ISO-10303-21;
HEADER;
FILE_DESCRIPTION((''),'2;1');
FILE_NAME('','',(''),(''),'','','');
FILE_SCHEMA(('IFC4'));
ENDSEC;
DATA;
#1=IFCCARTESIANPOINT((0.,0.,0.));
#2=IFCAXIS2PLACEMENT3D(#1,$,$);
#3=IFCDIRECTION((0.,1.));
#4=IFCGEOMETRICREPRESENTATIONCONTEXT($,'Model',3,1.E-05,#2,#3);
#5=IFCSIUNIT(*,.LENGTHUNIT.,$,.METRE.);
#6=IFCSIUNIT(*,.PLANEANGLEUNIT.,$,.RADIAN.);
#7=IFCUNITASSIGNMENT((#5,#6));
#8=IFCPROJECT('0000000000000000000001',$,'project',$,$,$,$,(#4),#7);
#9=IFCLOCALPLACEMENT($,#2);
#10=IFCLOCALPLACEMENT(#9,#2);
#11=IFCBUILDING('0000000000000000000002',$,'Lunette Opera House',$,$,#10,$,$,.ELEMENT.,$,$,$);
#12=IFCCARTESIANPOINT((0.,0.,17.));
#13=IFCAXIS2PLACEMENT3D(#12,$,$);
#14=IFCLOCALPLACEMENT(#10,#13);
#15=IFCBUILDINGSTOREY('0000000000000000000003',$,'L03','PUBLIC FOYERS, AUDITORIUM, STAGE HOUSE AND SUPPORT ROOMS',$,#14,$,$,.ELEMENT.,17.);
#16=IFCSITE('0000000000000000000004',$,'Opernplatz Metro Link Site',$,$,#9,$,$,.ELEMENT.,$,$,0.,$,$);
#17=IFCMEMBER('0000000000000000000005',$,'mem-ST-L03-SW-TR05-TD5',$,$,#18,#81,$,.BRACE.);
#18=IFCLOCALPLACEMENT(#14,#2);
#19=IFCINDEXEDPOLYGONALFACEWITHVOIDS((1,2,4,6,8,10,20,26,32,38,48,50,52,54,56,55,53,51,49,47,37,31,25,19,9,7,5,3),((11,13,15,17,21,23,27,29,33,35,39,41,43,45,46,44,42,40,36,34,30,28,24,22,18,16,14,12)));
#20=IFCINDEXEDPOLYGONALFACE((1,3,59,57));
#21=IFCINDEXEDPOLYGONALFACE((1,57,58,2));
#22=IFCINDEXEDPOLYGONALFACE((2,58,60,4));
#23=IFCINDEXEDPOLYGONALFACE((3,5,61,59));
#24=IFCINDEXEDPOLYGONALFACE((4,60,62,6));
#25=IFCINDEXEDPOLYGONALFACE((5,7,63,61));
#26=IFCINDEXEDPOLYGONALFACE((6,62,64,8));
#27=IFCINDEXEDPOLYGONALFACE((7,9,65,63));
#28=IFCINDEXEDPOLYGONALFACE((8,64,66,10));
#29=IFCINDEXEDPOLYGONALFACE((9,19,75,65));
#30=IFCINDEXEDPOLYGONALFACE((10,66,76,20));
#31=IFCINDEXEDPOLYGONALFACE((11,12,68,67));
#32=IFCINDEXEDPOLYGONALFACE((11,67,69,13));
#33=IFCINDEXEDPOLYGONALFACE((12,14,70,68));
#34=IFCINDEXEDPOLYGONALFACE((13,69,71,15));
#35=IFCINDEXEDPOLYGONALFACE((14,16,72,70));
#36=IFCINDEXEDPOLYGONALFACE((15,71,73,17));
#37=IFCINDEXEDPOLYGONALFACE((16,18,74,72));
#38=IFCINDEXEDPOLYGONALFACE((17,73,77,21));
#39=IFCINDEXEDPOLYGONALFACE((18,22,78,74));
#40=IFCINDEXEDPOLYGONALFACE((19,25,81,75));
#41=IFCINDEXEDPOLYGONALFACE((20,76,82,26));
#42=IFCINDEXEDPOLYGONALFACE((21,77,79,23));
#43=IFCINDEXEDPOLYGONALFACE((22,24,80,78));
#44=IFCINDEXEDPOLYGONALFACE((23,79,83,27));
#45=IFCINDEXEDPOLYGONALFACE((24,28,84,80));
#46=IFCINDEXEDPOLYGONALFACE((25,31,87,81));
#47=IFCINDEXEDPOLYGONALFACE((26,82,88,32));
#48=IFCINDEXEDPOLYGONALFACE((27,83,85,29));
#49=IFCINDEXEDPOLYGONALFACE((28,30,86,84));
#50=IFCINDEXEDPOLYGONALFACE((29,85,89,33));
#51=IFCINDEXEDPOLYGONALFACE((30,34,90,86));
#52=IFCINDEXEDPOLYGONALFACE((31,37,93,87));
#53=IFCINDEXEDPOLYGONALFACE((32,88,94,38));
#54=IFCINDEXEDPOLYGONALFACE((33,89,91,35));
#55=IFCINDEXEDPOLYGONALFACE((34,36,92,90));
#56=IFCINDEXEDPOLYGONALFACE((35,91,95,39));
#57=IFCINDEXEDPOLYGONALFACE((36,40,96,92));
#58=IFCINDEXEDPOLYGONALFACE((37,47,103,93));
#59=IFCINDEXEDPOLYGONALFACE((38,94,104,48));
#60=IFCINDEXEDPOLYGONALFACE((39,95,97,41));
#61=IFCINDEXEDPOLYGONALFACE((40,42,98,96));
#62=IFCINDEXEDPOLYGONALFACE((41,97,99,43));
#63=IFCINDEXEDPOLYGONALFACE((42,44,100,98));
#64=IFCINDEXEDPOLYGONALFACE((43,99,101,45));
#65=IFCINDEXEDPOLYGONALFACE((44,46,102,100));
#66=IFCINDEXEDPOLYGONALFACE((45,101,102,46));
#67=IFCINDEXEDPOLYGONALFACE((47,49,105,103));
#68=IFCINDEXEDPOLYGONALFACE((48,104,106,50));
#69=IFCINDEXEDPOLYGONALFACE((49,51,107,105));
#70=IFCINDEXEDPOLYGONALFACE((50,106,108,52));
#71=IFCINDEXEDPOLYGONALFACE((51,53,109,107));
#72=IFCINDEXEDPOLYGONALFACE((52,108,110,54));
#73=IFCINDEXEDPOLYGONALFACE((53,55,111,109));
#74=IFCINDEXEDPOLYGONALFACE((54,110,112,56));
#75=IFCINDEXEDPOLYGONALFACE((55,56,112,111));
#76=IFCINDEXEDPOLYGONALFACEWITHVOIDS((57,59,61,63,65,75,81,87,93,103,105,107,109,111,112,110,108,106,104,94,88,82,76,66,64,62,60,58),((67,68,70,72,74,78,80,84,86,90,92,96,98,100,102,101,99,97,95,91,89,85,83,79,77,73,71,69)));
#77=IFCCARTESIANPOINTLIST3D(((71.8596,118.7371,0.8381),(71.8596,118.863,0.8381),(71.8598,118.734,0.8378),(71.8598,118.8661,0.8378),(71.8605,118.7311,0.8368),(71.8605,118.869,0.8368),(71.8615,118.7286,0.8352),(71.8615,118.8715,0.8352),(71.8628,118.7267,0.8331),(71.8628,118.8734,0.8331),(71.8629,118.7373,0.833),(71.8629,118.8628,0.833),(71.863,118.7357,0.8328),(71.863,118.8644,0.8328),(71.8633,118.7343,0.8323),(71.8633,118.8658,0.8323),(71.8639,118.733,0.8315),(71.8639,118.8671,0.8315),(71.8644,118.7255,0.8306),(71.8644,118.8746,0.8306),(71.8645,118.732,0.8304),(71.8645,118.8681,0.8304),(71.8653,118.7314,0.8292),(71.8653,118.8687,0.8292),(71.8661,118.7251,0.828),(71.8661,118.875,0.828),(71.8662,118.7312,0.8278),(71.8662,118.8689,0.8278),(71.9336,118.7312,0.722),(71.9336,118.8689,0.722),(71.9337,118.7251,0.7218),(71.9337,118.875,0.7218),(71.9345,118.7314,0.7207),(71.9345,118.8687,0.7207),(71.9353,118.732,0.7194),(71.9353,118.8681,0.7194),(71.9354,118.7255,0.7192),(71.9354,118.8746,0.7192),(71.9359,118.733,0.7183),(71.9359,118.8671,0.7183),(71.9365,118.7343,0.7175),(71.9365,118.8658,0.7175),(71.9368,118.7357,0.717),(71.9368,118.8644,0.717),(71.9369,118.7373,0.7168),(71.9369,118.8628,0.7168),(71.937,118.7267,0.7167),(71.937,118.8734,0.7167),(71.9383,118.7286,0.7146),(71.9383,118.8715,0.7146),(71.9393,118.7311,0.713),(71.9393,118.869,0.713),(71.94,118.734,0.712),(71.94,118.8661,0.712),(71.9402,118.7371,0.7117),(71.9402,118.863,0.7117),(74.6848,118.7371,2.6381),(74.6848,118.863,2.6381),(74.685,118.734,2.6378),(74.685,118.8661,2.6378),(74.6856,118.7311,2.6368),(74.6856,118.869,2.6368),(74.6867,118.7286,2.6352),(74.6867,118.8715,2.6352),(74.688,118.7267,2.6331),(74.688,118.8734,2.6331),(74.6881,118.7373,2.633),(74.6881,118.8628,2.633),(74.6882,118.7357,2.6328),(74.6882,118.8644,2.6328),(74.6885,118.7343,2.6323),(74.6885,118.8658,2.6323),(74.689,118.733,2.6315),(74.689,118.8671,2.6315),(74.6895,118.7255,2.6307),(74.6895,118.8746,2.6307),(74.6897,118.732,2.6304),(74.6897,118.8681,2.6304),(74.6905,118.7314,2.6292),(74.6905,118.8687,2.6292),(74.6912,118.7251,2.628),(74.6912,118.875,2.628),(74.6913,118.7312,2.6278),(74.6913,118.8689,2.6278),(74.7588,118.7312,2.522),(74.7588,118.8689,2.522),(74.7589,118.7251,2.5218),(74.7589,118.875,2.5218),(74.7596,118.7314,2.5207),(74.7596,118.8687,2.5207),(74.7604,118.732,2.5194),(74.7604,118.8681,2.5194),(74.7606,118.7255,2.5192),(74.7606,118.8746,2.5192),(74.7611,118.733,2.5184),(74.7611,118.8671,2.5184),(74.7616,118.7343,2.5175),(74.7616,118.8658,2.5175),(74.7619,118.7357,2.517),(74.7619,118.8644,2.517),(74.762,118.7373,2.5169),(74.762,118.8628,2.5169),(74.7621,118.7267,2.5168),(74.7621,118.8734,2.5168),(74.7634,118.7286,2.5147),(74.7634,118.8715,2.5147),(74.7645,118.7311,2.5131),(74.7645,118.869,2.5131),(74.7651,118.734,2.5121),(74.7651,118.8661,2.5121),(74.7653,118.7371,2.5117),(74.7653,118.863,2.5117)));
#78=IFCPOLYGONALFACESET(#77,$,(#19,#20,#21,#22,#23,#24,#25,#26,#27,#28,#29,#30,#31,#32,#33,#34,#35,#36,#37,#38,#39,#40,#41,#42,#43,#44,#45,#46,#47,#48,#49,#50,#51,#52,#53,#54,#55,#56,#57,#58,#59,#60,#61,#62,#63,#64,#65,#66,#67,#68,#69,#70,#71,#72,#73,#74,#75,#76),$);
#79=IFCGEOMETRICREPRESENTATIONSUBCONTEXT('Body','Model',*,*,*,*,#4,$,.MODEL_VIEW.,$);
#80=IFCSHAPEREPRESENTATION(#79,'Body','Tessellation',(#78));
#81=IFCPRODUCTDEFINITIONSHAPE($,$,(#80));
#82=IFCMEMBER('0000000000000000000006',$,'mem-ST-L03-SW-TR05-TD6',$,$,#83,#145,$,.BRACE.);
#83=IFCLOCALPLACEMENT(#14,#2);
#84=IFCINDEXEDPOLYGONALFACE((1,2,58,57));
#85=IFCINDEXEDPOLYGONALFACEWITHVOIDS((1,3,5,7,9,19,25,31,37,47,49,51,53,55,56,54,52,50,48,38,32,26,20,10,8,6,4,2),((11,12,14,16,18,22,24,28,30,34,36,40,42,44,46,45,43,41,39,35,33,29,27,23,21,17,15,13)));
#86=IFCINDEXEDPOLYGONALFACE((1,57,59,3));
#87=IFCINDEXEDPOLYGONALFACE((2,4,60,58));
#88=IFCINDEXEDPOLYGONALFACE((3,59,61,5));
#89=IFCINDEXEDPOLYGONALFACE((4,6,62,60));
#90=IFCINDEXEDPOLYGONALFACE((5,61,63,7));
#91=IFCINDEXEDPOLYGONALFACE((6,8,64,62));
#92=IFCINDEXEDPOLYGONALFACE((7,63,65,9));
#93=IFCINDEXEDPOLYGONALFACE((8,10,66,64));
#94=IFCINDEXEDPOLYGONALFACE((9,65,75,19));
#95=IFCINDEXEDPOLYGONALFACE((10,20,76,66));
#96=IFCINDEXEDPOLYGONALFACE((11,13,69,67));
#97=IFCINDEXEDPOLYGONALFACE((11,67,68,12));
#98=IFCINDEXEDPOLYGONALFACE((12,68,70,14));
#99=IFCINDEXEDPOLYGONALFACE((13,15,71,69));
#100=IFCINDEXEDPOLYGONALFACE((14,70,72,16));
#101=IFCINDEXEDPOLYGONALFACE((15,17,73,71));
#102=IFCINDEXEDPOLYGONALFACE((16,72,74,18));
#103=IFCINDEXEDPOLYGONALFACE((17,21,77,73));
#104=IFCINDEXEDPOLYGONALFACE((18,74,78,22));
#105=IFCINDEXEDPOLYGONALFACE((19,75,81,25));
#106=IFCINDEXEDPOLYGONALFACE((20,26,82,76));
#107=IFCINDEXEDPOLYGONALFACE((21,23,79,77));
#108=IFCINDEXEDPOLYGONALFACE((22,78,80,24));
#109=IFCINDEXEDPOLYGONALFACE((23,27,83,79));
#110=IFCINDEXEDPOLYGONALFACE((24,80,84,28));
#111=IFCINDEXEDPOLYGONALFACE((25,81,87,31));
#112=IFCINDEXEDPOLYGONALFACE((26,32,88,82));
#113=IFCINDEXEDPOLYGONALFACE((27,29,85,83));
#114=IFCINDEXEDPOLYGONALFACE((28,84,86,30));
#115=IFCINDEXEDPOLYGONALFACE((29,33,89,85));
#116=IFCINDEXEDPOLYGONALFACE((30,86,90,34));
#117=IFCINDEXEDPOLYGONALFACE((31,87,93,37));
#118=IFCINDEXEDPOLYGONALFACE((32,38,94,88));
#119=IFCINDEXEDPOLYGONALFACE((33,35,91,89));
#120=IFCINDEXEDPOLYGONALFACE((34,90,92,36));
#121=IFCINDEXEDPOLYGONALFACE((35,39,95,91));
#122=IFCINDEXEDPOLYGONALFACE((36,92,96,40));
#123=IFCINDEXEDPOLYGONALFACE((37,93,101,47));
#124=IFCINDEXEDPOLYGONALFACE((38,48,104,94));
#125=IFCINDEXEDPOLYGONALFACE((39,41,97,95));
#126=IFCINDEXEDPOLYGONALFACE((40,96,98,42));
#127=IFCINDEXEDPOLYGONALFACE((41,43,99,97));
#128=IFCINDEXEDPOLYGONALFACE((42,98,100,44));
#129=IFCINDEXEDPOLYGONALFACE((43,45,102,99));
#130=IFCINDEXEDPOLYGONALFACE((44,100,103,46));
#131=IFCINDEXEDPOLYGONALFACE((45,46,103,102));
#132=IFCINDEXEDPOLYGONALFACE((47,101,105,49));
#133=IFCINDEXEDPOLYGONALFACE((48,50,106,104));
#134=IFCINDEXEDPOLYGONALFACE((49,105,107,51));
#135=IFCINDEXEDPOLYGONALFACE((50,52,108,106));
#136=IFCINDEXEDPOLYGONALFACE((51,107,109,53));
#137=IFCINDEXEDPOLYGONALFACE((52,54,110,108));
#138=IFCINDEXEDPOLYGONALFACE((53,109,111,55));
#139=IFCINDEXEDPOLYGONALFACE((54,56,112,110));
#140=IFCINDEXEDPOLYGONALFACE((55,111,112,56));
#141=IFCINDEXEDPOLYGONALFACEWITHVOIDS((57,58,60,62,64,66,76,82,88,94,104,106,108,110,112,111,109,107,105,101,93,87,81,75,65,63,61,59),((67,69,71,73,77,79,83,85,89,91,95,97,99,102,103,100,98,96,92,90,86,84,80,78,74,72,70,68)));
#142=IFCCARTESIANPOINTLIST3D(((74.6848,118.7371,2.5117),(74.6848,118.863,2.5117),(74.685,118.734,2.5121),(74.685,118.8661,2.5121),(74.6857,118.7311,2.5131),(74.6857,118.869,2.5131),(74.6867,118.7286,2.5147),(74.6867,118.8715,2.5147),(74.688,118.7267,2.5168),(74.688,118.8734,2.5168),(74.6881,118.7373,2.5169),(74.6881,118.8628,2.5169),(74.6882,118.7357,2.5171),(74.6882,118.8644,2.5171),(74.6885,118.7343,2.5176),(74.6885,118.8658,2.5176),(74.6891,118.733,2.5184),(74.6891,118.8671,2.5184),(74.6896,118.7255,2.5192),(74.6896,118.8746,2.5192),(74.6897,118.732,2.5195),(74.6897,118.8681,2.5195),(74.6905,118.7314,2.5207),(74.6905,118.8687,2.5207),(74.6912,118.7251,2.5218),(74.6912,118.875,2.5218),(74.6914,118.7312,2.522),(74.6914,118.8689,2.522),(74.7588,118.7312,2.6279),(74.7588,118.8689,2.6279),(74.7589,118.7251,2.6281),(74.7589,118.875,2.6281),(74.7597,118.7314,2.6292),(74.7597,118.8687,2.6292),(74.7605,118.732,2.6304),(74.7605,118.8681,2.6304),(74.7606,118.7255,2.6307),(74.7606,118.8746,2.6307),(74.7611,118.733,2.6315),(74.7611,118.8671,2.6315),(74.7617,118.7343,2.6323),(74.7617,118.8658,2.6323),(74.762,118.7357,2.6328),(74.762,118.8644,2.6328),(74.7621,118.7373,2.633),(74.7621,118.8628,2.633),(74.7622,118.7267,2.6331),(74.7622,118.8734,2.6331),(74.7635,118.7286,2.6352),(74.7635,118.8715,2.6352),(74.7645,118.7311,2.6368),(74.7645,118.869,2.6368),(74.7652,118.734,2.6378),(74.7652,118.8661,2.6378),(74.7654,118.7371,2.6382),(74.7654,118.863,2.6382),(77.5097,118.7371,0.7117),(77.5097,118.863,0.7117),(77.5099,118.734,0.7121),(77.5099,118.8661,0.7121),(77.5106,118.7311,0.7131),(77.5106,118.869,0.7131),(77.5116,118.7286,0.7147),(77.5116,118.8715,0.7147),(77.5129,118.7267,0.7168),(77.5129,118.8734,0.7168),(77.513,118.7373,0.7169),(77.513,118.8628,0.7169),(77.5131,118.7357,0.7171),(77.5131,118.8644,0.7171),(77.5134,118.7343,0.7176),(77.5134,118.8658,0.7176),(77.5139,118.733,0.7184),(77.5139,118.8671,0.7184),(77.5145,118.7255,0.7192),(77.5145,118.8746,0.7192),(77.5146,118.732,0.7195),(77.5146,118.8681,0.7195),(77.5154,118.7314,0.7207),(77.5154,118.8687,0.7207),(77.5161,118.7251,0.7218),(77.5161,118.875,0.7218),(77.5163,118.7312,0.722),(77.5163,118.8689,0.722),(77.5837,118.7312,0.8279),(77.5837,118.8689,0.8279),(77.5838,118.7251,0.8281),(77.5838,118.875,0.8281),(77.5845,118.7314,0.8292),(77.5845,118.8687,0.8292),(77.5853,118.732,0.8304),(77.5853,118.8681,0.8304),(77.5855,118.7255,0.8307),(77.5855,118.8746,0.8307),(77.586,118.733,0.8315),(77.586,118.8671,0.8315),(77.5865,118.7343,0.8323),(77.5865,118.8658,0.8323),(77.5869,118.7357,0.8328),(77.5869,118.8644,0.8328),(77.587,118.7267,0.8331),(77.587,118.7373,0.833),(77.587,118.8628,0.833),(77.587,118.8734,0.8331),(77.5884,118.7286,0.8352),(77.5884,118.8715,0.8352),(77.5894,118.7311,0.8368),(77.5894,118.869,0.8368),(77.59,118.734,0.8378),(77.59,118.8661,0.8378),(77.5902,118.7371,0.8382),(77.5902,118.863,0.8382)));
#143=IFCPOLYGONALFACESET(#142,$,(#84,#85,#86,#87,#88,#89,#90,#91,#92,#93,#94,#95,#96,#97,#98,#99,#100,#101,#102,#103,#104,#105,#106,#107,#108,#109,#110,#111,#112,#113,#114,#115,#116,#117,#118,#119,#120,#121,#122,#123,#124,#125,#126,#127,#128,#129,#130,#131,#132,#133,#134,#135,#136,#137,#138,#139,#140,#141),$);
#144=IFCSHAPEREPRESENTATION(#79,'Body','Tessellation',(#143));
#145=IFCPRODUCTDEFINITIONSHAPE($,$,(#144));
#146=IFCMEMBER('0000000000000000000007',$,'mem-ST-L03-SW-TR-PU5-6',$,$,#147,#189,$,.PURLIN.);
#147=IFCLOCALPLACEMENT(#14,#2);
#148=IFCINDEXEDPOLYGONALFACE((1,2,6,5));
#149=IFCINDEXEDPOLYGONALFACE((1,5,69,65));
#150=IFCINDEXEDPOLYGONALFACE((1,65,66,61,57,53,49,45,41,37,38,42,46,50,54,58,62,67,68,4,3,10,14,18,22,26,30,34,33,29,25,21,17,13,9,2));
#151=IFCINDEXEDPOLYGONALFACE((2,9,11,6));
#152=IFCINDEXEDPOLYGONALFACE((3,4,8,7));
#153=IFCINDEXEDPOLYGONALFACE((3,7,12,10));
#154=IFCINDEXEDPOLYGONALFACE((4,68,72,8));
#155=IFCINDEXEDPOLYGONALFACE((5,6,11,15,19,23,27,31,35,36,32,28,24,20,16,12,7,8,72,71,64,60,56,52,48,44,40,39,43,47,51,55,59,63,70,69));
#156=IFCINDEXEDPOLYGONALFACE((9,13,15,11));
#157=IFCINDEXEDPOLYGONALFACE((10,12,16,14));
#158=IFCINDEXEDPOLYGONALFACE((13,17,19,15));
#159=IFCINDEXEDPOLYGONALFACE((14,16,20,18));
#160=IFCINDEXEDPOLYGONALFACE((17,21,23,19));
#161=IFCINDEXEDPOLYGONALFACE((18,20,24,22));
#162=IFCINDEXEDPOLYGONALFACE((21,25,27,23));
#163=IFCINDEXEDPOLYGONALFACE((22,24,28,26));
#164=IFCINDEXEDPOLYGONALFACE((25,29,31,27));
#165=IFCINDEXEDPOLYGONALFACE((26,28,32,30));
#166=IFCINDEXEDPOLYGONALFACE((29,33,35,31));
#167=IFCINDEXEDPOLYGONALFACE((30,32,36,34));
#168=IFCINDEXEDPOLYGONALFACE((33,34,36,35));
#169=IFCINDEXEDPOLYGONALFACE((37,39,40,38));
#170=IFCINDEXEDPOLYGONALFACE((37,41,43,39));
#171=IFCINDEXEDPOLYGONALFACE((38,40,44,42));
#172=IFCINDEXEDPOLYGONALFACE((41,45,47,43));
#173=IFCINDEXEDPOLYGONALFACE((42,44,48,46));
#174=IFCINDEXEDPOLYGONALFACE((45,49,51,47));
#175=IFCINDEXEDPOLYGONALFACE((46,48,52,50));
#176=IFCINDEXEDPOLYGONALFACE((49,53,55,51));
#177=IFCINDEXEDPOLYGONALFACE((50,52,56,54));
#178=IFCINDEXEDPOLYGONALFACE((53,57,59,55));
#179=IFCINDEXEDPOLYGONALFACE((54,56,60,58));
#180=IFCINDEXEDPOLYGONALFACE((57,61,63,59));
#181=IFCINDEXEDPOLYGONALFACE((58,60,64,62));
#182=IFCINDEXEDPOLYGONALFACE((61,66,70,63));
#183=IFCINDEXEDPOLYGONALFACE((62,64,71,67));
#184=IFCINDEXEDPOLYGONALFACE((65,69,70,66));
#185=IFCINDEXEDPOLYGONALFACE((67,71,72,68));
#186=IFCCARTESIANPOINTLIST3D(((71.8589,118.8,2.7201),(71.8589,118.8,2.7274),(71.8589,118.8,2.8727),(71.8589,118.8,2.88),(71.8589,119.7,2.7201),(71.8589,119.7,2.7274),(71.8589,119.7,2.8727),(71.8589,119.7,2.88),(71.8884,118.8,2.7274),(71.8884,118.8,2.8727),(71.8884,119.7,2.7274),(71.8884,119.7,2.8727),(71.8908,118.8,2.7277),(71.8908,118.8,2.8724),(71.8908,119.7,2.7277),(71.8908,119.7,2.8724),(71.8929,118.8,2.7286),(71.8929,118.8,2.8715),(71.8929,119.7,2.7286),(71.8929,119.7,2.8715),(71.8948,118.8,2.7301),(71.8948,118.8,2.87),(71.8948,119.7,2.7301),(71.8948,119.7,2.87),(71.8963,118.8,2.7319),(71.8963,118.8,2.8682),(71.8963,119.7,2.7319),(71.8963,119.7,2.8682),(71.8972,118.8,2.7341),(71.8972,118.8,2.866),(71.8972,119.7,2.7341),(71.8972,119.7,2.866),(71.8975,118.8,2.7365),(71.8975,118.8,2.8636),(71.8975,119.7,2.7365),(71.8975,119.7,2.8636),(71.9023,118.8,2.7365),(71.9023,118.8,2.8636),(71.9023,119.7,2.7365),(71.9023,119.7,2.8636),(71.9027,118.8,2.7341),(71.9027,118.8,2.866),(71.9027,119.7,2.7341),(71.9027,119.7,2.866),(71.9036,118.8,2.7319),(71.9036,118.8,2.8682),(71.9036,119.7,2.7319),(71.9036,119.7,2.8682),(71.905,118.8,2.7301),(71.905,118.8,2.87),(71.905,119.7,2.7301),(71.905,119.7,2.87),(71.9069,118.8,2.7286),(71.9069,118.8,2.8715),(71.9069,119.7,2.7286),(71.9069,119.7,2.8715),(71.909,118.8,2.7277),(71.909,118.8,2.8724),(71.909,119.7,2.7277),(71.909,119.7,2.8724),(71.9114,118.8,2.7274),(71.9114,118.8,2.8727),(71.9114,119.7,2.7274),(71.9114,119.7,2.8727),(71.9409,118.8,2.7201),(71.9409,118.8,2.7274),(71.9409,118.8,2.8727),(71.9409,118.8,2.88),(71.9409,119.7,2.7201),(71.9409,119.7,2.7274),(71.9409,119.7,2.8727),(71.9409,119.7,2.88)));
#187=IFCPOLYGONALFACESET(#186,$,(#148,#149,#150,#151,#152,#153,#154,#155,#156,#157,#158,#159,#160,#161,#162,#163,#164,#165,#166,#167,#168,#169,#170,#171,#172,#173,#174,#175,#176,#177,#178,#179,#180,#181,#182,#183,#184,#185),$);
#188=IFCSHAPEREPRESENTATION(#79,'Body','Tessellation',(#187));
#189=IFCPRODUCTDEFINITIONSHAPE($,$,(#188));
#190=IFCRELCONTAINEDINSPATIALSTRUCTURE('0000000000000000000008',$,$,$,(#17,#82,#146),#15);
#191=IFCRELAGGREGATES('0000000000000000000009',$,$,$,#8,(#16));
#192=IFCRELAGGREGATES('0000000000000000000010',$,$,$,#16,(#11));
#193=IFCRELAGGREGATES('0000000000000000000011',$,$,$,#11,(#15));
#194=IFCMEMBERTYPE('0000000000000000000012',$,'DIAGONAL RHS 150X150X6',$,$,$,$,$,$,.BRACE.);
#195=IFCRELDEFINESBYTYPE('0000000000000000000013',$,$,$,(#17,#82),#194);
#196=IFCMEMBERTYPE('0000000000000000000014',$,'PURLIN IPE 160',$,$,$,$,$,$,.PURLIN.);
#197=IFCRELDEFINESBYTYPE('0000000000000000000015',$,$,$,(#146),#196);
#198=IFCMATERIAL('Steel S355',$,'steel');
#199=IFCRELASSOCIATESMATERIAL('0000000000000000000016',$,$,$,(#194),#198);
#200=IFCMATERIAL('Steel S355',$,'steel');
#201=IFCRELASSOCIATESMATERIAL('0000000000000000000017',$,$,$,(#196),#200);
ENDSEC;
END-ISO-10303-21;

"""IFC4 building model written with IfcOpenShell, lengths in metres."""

from ifc_helpers import new_model, si_unit, direction, frame, origin, origin_2d, place, context, subcontext, project, spatial, hollow_rectangle, i_section, extrude, material, material_profile, profile_set, type_object, element, save


model = new_model("IFC4")

# Units and contexts
model_context = context("Model", 3, precision=1e-05, world=origin(), true_north=direction((0.0, 1.0)))
body_context = subcontext(model_context, "Body", "Model", "MODEL_VIEW")
ifc_project = project(units=[si_unit("LENGTHUNIT", "METRE"), si_unit("PLANEANGLEUNIT", "RADIAN")], contexts=[model_context])

# Site, building, storey
site_placement = place(None, origin())
site = spatial("IfcSite", under=ifc_project, at=site_placement, Name="Opernplatz Metro Link Site", CompositionType="ELEMENT", RefElevation=0.0)
building_placement = place(site_placement, origin())
building = spatial("IfcBuilding", under=site, at=building_placement, Name="Lunette Opera House", CompositionType="ELEMENT")
storey_placement = place(building_placement, frame((0.0, 0.0, 17.0)))
storey = spatial("IfcBuildingStorey", under=building, at=storey_placement, Name="L03", Description="PUBLIC FOYERS, AUDITORIUM, STAGE HOUSE AND SUPPORT ROOMS", CompositionType="ELEMENT", Elevation=17.0)

# Members
ifc_material_1 = material(Name="Steel S355", Category="steel")
ifc_material_profile_1 = material_profile(ifc_material_1, hollow_rectangle(XDim=0.1499, YDim=0.1499, WallThickness=0.0061, InnerFilletRadius=0.0061, OuterFilletRadius=0.012, at=origin_2d()), Name="RHS 150X150X6")
ifc_profile_set_1 = profile_set([ifc_material_profile_1], Name="Steel S355")
member_type_1 = type_object("IfcMemberType", Name="DIAGONAL RHS 150X150X6", PredefinedType="BRACE", material=ifc_profile_set_1)
member_1_placement = place(storey_placement, frame((71.8999, 118.8, 0.7749), z_axis=(0.843364, 0.0, 0.537342), x_axis=(0.0, 1.0, 0.0)))
element("IfcMember", 1, at=member_1_placement, inside=storey, type_object=member_type_1, Name="mem-ST-L03-SW-TR05-TD5", PredefinedType="BRACE", context=body_context, shape_type="SweptSolid", body=[
    extrude(hollow_rectangle(XDim=0.1499, YDim=0.1499, WallThickness=0.0061, InnerFilletRadius=0.0061, OuterFilletRadius=0.012, at=origin_2d()), origin(), (0.0, 0.0, 1.0), 3.3499),
])
member_2_placement = place(storey_placement, frame((74.7251, 118.8, 2.575), z_axis=(0.843343, 0.0, -0.537375), x_axis=(0.0, 1.0, 0.0)))
element("IfcMember", 2, at=member_2_placement, inside=storey, type_object=member_type_1, Name="mem-ST-L03-SW-TR05-TD6", PredefinedType="BRACE", context=body_context, shape_type="SweptSolid", body=[
    extrude(hollow_rectangle(XDim=0.1499, YDim=0.1499, WallThickness=0.0061, InnerFilletRadius=0.0061, OuterFilletRadius=0.012, at=origin_2d()), origin(), (0.0, 0.0, 1.0), 3.3496),
])
ifc_material_2 = material(Name="Steel S355", Category="steel")
ifc_material_profile_2 = material_profile(ifc_material_2, i_section(OverallWidth=0.082, OverallDepth=0.1599, WebThickness=0.0049, FlangeThickness=0.0073, FilletRadius=0.009, at=origin_2d()), Name="IPE 160")
ifc_profile_set_2 = profile_set([ifc_material_profile_2], Name="Steel S355")
member_type_2 = type_object("IfcMemberType", Name="PURLIN IPE 160", PredefinedType="PURLIN", material=ifc_profile_set_2)
member_3_placement = place(storey_placement, frame((71.8999, 118.8, 2.8), z_axis=(0.0, 1.0, 0.0), x_axis=(-1.0, 0.0, 0.0)))
element("IfcMember", 3, at=member_3_placement, inside=storey, type_object=member_type_2, Name="mem-ST-L03-SW-TR-PU5-6", PredefinedType="PURLIN", context=body_context, shape_type="SweptSolid", body=[
    extrude(i_section(OverallWidth=0.082, OverallDepth=0.1599, WebThickness=0.0049, FlangeThickness=0.0073, FilletRadius=0.009, at=origin_2d()), origin(), (0.0, 0.0, 1.0), 0.8999),
])

save(model, "model.ifc")
